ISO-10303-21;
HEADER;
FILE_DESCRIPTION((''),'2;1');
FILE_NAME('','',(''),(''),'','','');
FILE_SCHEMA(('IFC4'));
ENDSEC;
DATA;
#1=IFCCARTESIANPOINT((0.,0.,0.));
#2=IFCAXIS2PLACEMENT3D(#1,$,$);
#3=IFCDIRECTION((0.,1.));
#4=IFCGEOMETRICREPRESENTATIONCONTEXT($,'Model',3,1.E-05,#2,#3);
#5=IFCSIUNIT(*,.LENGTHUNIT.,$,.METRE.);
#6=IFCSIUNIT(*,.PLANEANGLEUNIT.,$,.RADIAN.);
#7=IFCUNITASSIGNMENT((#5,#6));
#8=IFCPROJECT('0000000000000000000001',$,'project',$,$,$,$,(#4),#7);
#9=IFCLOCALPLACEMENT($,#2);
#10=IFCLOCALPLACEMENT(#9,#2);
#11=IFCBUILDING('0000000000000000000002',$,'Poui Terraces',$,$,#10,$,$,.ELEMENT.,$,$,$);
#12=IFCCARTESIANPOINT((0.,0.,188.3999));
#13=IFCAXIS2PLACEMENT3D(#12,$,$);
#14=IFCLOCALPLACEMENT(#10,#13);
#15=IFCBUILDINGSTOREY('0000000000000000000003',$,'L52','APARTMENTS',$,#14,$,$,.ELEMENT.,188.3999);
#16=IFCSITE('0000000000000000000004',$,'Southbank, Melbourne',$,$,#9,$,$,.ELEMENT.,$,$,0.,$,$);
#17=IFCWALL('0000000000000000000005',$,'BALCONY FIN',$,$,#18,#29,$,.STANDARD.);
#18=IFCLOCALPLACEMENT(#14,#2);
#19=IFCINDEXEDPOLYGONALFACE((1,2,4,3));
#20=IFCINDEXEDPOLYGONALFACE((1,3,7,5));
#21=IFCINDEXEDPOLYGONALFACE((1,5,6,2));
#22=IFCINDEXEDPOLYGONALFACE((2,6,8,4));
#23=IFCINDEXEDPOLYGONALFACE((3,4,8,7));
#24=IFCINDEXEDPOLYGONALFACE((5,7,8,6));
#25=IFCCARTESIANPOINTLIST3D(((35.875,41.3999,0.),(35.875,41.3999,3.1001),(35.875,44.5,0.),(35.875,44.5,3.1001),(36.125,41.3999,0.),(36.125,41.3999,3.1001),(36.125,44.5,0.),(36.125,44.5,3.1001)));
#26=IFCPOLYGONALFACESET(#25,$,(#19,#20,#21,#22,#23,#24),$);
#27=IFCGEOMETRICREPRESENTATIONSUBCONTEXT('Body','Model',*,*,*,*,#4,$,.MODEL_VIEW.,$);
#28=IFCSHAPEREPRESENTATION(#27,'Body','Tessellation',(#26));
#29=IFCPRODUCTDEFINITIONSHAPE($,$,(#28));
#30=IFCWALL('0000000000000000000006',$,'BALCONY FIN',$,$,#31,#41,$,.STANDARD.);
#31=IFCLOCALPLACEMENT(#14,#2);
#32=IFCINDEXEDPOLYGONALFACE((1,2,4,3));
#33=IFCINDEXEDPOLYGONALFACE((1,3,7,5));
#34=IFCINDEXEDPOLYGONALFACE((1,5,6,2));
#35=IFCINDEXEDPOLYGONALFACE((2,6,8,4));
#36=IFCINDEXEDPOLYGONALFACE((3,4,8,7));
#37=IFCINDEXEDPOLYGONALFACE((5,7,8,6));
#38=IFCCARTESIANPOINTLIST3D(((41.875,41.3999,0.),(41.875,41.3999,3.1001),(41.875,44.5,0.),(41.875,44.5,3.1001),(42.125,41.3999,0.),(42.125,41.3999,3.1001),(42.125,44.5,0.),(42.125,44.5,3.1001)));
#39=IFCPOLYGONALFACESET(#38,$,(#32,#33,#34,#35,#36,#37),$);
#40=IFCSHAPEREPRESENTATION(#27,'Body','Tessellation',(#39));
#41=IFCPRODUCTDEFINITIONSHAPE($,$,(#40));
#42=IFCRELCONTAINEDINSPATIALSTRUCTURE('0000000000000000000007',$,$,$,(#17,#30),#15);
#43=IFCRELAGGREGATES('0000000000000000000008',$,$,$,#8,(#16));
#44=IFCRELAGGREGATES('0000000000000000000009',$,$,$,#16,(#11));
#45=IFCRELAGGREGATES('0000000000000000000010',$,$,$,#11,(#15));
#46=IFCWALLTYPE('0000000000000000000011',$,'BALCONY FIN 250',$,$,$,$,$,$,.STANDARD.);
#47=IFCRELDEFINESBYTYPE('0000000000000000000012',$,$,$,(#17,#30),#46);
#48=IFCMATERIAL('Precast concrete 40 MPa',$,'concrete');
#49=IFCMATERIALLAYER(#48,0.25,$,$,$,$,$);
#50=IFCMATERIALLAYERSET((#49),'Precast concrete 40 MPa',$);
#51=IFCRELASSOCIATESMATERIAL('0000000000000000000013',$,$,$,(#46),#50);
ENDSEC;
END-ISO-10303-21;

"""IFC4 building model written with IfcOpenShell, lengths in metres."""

from ifc_helpers import new_model, si_unit, direction, frame, origin, place, context, subcontext, project, spatial, polyline, outline, extrude, source, transform, mapped, material, layer, layer_set, type_object, element, save


model = new_model("IFC4")

# Units and contexts
model_context = context("Model", 3, precision=1e-05, world=origin(), true_north=direction((0.0, 1.0)))
body_context = subcontext(model_context, "Body", "Model", "MODEL_VIEW")
ifc_project = project(units=[si_unit("LENGTHUNIT", "METRE"), si_unit("PLANEANGLEUNIT", "RADIAN")], contexts=[model_context])

# Site, building, storey
site_placement = place(None, origin())
site = spatial("IfcSite", under=ifc_project, at=site_placement, Name="Southbank, Melbourne", CompositionType="ELEMENT", RefElevation=0.0)
building_placement = place(site_placement, origin())
building = spatial("IfcBuilding", under=site, at=building_placement, Name="Poui Terraces", CompositionType="ELEMENT")
storey_placement = place(building_placement, frame((0.0, 0.0, 188.3999)))
storey = spatial("IfcBuildingStorey", under=building, at=storey_placement, Name="L52", Description="APARTMENTS", CompositionType="ELEMENT", Elevation=188.3999)

# Walls
ifc_material_1 = material(Name="Precast concrete 40 MPa", Category="concrete")
ifc_layer_1 = layer(ifc_material_1, 0.25)
ifc_layer_set_1 = layer_set([ifc_layer_1], Name="Precast concrete 40 MPa")
wall_type_1 = type_object("IfcWallType", Name="BALCONY FIN 250", PredefinedType="STANDARD", material=ifc_layer_set_1)
shared_shape_1 = source(origin(), body_context, "Body", "SweptSolid", [
    extrude(outline(polyline([(0.0, 0.0), (0.25, 0.0), (0.25, 3.1001), (0.0, 3.1001), (0.0, 0.0)])), origin(), (0.0, 0.0, 1.0), 3.1001),
])
for number, where, name in (
    (1, (35.875, 41.3999, 0.0), "BALCONY FIN"),
    (2, (41.875, 41.3999, 0.0), "BALCONY FIN"),
):
    element("IfcWall", number, at=place(storey_placement, frame(where)), inside=storey, type_object=wall_type_1, Name=name, PredefinedType="STANDARD", context=body_context, shape_type="MappedRepresentation", body=[
        mapped(shared_shape_1, transform((0.0, 0.0, 0.0))),
    ])

save(model, "model.ifc")
